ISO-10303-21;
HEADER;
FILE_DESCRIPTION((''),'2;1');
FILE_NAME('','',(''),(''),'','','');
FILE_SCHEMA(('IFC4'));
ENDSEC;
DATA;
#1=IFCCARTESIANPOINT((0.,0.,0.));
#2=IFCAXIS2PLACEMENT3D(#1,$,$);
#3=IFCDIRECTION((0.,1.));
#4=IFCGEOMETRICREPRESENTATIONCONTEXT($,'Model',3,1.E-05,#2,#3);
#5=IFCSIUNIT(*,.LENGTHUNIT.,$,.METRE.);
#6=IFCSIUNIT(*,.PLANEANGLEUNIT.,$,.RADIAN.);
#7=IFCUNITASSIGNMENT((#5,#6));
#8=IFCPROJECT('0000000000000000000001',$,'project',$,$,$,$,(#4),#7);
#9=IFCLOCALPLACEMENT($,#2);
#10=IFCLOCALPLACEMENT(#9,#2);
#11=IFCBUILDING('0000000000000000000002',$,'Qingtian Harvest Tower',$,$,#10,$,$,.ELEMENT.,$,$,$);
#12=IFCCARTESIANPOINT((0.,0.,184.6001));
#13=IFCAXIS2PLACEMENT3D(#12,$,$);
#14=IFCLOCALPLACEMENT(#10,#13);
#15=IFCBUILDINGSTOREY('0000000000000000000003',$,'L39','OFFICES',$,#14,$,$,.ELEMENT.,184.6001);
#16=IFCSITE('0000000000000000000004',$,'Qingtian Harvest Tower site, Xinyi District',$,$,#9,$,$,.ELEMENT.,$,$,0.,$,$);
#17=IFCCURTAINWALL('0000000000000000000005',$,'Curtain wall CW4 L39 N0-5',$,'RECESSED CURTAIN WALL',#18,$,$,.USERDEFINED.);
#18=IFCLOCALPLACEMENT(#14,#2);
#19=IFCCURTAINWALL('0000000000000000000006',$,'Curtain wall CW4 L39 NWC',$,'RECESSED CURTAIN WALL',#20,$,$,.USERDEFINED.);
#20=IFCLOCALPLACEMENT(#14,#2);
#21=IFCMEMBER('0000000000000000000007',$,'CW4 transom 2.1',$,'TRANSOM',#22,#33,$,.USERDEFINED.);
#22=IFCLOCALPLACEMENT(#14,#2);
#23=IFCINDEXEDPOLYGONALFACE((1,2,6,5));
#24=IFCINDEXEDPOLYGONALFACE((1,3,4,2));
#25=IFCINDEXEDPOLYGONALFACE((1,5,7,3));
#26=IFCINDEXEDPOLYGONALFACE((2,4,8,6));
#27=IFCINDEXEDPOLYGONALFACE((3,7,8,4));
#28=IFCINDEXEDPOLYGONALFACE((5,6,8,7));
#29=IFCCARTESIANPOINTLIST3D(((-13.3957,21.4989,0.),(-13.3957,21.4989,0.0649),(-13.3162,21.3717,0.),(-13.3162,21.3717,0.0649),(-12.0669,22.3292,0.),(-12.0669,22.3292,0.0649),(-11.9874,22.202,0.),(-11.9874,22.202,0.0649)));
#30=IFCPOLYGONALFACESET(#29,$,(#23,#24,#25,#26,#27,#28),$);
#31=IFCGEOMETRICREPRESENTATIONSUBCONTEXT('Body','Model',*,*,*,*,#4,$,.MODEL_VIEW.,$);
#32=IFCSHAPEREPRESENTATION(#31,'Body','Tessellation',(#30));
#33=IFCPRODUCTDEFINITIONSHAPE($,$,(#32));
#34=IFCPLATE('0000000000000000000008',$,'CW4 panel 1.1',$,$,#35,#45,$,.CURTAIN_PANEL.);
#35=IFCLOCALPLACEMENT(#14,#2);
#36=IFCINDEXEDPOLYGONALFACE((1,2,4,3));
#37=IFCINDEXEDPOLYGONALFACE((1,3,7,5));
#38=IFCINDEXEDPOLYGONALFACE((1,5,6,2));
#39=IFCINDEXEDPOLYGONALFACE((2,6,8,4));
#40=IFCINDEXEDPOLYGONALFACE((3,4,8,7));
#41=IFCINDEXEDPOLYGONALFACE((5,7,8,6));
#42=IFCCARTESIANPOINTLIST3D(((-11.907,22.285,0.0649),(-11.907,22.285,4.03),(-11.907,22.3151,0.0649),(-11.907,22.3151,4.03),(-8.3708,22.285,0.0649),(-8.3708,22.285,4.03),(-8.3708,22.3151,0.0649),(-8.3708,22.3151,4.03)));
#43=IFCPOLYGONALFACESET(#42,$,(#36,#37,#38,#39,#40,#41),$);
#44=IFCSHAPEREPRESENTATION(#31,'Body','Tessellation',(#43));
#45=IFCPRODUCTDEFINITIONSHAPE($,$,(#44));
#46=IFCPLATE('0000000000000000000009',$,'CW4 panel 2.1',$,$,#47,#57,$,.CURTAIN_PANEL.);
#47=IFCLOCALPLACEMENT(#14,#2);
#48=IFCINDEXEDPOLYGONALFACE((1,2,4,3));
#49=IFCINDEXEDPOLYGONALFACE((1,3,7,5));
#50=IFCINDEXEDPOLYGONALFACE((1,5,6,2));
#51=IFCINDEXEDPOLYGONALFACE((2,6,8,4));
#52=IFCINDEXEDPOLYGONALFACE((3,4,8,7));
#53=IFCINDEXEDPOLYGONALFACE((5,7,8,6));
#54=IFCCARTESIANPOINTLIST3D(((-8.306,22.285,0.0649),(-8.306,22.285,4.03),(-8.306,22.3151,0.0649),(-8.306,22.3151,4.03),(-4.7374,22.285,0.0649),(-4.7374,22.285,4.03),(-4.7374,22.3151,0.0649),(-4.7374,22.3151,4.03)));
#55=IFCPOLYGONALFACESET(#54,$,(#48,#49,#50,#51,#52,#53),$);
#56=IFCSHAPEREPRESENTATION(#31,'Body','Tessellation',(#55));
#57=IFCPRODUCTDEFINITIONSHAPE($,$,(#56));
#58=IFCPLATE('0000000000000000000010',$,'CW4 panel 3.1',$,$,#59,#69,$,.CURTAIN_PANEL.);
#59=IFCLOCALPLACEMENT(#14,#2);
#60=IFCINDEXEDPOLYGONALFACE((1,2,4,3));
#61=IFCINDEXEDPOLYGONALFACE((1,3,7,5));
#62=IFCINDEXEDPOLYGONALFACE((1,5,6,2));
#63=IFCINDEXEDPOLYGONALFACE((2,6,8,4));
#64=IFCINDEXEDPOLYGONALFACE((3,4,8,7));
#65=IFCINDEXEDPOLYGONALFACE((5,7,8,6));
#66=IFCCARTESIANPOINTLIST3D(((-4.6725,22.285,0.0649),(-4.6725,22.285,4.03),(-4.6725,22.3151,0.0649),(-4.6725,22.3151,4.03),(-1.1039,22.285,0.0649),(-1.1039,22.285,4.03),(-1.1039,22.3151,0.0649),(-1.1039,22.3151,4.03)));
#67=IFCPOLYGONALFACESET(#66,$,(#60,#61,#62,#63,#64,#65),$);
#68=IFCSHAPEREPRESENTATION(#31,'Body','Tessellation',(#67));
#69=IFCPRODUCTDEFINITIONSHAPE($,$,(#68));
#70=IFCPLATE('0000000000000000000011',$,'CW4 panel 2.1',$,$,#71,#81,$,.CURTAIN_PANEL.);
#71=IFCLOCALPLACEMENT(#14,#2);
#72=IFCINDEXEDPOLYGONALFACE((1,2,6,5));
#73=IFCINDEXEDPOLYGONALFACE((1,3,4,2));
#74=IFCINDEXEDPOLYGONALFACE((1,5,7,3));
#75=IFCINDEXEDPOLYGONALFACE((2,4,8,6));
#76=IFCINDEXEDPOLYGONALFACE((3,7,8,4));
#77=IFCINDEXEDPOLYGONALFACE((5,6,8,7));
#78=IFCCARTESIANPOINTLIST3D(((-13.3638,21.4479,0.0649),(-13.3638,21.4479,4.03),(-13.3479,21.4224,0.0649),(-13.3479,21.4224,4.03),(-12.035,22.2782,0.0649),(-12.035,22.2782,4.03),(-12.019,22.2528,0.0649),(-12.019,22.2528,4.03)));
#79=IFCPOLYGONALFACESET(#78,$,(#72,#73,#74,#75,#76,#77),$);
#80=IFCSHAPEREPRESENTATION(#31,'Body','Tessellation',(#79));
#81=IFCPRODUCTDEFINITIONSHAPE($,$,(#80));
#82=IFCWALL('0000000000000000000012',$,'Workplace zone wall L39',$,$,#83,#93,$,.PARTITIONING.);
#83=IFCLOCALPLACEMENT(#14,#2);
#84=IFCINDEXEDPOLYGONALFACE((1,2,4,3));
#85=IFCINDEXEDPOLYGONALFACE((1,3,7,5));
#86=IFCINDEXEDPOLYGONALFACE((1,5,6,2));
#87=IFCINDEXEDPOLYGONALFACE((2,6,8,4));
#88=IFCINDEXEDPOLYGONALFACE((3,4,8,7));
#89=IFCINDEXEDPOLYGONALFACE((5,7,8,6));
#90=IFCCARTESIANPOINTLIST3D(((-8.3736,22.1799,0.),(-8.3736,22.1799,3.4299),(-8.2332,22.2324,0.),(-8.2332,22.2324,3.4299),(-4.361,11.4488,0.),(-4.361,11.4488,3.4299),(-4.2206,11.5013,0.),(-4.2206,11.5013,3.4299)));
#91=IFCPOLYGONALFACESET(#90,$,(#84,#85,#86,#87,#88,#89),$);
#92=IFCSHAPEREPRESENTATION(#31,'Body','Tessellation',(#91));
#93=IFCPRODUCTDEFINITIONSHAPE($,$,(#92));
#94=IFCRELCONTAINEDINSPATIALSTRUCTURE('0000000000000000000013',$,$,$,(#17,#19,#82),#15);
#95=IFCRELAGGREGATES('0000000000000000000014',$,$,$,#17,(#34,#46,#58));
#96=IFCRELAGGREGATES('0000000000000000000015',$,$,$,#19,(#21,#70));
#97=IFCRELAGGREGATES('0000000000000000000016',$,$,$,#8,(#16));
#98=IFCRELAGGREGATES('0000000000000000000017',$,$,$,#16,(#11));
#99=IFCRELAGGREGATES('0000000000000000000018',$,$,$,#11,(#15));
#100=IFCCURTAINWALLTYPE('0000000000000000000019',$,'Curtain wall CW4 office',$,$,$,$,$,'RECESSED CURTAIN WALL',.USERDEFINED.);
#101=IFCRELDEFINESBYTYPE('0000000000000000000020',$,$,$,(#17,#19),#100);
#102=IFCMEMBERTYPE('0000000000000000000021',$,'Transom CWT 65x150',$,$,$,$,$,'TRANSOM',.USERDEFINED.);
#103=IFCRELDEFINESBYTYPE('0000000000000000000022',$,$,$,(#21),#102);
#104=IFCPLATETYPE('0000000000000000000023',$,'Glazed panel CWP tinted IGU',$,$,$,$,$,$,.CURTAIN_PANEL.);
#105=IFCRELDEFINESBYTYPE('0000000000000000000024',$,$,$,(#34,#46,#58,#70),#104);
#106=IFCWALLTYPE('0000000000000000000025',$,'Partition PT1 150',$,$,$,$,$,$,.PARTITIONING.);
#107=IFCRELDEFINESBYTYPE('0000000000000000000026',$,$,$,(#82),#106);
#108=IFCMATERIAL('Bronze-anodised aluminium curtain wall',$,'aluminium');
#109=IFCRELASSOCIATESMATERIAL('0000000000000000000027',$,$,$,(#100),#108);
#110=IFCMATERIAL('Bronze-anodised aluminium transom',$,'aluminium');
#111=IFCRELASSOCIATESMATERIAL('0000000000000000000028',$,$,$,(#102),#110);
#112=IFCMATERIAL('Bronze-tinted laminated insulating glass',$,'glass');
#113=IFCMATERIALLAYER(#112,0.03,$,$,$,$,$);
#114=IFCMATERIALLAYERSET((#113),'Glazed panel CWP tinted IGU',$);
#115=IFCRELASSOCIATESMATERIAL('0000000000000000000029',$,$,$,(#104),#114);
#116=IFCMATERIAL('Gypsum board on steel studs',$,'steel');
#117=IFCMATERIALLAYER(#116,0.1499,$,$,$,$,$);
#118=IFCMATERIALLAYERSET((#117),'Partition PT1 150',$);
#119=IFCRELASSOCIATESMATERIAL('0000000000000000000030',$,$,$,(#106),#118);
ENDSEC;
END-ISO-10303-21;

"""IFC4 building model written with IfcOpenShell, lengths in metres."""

from ifc_helpers import new_model, si_unit, direction, frame, frame_2d, origin, origin_2d, place, context, subcontext, project, spatial, rectangle, extrude, material, layer, layer_set, material_profile, profile_set, type_object, element, aggregate, save


model = new_model("IFC4")

# Units and contexts
model_context = context("Model", 3, precision=1e-05, world=origin(), true_north=direction((0.0, 1.0)))
body_context = subcontext(model_context, "Body", "Model", "MODEL_VIEW")
ifc_project = project(units=[si_unit("LENGTHUNIT", "METRE"), si_unit("PLANEANGLEUNIT", "RADIAN")], contexts=[model_context])

# Site, building, storey
site_placement = place(None, origin())
site = spatial("IfcSite", under=ifc_project, at=site_placement, Name="Qingtian Harvest Tower site, Xinyi District", CompositionType="ELEMENT", RefElevation=0.0)
building_placement = place(site_placement, origin())
building = spatial("IfcBuilding", under=site, at=building_placement, Name="Qingtian Harvest Tower", CompositionType="ELEMENT")
storey_placement = place(building_placement, frame((0.0, 0.0, 184.6001)))
storey = spatial("IfcBuildingStorey", under=building, at=storey_placement, Name="L39", Description="OFFICES", CompositionType="ELEMENT", Elevation=184.6001)

# Curtain wall
ifc_material_1 = material(Name="Bronze-anodised aluminium curtain wall", Category="aluminium")
curtain_wall_type = type_object("IfcCurtainWallType", Name="Curtain wall CW4 office", ElementType="RECESSED CURTAIN WALL", PredefinedType="USERDEFINED", material=ifc_material_1)
curtain_wall_1_placement = place(storey_placement, origin())
curtain_wall_1 = element("IfcCurtainWall", 1, at=curtain_wall_1_placement, inside=storey, type_object=curtain_wall_type, Name="Curtain wall CW4 L39 N0-5", ObjectType="RECESSED CURTAIN WALL", PredefinedType="USERDEFINED")

# Curtain wall
curtain_wall_2_placement = place(storey_placement, origin())
curtain_wall_2 = element("IfcCurtainWall", 2, at=curtain_wall_2_placement, inside=storey, type_object=curtain_wall_type, Name="Curtain wall CW4 L39 NWC", ObjectType="RECESSED CURTAIN WALL", PredefinedType="USERDEFINED")

# Member
ifc_material_2 = material(Name="Bronze-anodised aluminium transom", Category="aluminium")
ifc_material_profile_1 = material_profile(ifc_material_2, rectangle(XDim=0.1499, YDim=0.0649, at=origin_2d()), Name="AL 65x150")
ifc_profile_set_1 = profile_set([ifc_material_profile_1], Name="Bronze-anodised aluminium transom")
member_type_1 = type_object("IfcMemberType", Name="Transom CWT 65x150", ElementType="TRANSOM", PredefinedType="USERDEFINED", material=ifc_profile_set_1)
member_1_placement = place(storey_placement, frame((-13.356, 21.4353, 0.0325), z_axis=(0.84806, 0.529901, 0.0), x_axis=(-0.529901, 0.84806, 0.0)))
member_1 = element("IfcMember", 3, at=member_1_placement, type_object=member_type_1, Name="CW4 transom 2.1", ObjectType="TRANSOM", PredefinedType="USERDEFINED", context=body_context, shape_type="SweptSolid", body=[
    extrude(rectangle(XDim=0.1499, YDim=0.0649, at=origin_2d()), origin(), (0.0, 0.0, 1.0), 1.5669),
])

# Plates
ifc_material_3 = material(Name="Bronze-tinted laminated insulating glass", Category="glass")
ifc_layer_1 = layer(ifc_material_3, 0.03)
ifc_layer_set_1 = layer_set([ifc_layer_1], Name="Glazed panel CWP tinted IGU")
plate_type = type_object("IfcPlateType", Name="Glazed panel CWP tinted IGU", PredefinedType="CURTAIN_PANEL", material=ifc_layer_set_1)
plate_1_placement = place(storey_placement, frame((-10.1389, 22.3, 0.0649), z_axis=(0.0, 0.0, 1.0), x_axis=(1.0, 0.0, 0.0)))
plate_1 = element("IfcPlate", 4, at=plate_1_placement, type_object=plate_type, Name="CW4 panel 1.1", PredefinedType="CURTAIN_PANEL", context=body_context, shape_type="SweptSolid", body=[
    extrude(rectangle(XDim=3.5361, YDim=0.03, at=origin_2d()), origin(), (0.0, 0.0, 1.0), 3.9651),
])
plate_2_placement = place(storey_placement, frame((-6.5217, 22.3, 0.0649), z_axis=(0.0, 0.0, 1.0), x_axis=(1.0, 0.0, 0.0)))
plate_2 = element("IfcPlate", 5, at=plate_2_placement, type_object=plate_type, Name="CW4 panel 2.1", PredefinedType="CURTAIN_PANEL", context=body_context, shape_type="SweptSolid", body=[
    extrude(rectangle(XDim=3.5686, YDim=0.03, at=origin_2d()), origin(), (0.0, 0.0, 1.0), 3.9651),
])
plate_3_placement = place(storey_placement, frame((-2.8882, 22.3, 0.0649), z_axis=(0.0, 0.0, 1.0), x_axis=(1.0, 0.0, 0.0)))
plate_3 = element("IfcPlate", 6, at=plate_3_placement, type_object=plate_type, Name="CW4 panel 3.1", PredefinedType="CURTAIN_PANEL", context=body_context, shape_type="SweptSolid", body=[
    extrude(rectangle(XDim=3.5686, YDim=0.03, at=origin_2d()), origin(), (0.0, 0.0, 1.0), 3.9651),
])
aggregate(curtain_wall_1, [plate_1, plate_2, plate_3])
plate_4_placement = place(storey_placement, frame((-12.6914, 21.8503, 0.0649), z_axis=(0.0, 0.0, 1.0), x_axis=(0.848048, 0.529919, 0.0)))
plate_4 = element("IfcPlate", 7, at=plate_4_placement, type_object=plate_type, Name="CW4 panel 2.1", PredefinedType="CURTAIN_PANEL", context=body_context, shape_type="SweptSolid", body=[
    extrude(rectangle(XDim=1.5669, YDim=0.03, at=origin_2d()), origin(), (0.0, 0.0, 1.0), 3.9651),
])
aggregate(curtain_wall_2, [member_1, plate_4])

# Wall
ifc_material_4 = material(Name="Gypsum board on steel studs", Category="steel")
ifc_layer_2 = layer(ifc_material_4, 0.1499)
ifc_layer_set_2 = layer_set([ifc_layer_2], Name="Partition PT1 150")
wall_type = type_object("IfcWallType", Name="Partition PT1 150", PredefinedType="PARTITIONING", material=ifc_layer_set_2)
wall_placement = place(storey_placement, frame((-8.3035, 22.2063, 0.0), z_axis=(0.0, 0.0, 1.0), x_axis=(0.350243, -0.936659, 0.0)))
element("IfcWall", 8, at=wall_placement, inside=storey, type_object=wall_type, Name="Workplace zone wall L39", PredefinedType="PARTITIONING", context=body_context, shape_type="SweptSolid", body=[
    extrude(rectangle(XDim=11.4568, YDim=0.1499, at=frame_2d((5.7285, 0.0))), origin(), (0.0, 0.0, 1.0), 3.4299),
])

save(model, "model.ifc")
